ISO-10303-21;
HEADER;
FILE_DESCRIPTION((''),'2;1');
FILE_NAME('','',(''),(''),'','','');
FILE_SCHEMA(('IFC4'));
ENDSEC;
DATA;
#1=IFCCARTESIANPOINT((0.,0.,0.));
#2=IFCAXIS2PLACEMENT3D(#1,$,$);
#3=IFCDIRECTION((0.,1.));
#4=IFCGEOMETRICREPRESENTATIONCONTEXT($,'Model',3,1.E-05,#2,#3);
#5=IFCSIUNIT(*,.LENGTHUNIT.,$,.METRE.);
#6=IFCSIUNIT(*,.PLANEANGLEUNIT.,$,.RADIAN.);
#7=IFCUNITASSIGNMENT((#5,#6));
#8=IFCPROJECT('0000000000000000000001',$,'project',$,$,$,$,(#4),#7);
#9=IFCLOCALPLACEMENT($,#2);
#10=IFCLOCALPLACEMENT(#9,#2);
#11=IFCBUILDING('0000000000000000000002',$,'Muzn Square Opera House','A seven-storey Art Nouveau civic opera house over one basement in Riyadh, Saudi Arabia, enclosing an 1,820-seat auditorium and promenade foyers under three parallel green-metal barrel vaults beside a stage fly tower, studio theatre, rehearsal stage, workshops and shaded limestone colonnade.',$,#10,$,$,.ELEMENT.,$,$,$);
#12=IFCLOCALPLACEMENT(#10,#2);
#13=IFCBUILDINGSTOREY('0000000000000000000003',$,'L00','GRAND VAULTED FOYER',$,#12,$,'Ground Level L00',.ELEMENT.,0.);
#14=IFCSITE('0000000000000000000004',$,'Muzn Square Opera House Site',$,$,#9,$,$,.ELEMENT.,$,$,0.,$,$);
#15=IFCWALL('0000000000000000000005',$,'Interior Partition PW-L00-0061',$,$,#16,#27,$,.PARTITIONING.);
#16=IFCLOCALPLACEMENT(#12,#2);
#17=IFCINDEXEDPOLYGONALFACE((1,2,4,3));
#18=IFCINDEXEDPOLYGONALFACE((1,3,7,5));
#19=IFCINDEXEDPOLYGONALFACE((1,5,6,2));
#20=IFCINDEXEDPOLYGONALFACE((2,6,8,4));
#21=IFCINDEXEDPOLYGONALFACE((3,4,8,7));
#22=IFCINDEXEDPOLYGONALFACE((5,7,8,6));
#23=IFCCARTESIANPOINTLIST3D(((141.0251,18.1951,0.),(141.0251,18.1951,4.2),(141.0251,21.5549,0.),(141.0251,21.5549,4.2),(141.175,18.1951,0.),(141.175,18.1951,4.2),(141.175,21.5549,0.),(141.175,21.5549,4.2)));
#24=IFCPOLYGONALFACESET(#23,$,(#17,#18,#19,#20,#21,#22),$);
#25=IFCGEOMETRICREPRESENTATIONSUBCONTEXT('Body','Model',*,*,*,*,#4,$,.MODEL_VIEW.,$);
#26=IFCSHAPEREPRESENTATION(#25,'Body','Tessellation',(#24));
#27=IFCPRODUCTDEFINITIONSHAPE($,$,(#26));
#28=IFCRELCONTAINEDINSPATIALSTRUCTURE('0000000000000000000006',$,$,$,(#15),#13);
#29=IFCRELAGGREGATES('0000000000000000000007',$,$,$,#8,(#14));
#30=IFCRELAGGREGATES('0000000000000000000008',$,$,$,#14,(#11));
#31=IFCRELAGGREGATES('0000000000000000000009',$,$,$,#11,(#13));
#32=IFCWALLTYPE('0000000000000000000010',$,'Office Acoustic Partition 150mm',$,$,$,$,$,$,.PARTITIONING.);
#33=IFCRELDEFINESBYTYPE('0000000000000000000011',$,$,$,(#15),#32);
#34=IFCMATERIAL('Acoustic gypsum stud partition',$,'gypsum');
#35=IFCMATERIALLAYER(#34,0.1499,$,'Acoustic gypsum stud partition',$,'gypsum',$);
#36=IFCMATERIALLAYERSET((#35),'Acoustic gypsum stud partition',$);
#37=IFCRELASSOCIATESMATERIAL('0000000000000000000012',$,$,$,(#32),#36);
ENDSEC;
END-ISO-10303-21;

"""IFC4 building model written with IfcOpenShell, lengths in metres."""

from ifc_helpers import new_model, si_unit, direction, frame, frame_2d, origin, place, context, subcontext, project, spatial, rectangle, extrude, material, layer, layer_set, type_object, element, save


model = new_model("IFC4")

# Units and contexts
model_context = context("Model", 3, precision=1e-05, world=origin(), true_north=direction((0.0, 1.0)))
body_context = subcontext(model_context, "Body", "Model", "MODEL_VIEW")
ifc_project = project(units=[si_unit("LENGTHUNIT", "METRE"), si_unit("PLANEANGLEUNIT", "RADIAN")], contexts=[model_context])

# Site, building, storey
site_placement = place(None, origin())
site = spatial("IfcSite", under=ifc_project, at=site_placement, Name="Muzn Square Opera House Site", CompositionType="ELEMENT", RefElevation=0.0)
building_placement = place(site_placement, origin())
building = spatial("IfcBuilding", under=site, at=building_placement, Name="Muzn Square Opera House", Description="A seven-storey Art Nouveau civic opera house over one basement in Riyadh, Saudi Arabia, enclosing an 1,820-seat auditorium and promenade foyers under three parallel green-metal barrel vaults beside a stage fly tower, studio theatre, rehearsal stage, workshops and shaded limestone colonnade.", CompositionType="ELEMENT")
storey_placement = place(building_placement, origin())
storey = spatial("IfcBuildingStorey", under=building, at=storey_placement, Name="L00", Description="GRAND VAULTED FOYER", LongName="Ground Level L00", CompositionType="ELEMENT", Elevation=0.0)

# Shared definitions
ifc_material_1 = material(Name="Acoustic gypsum stud partition", Category="gypsum")
ifc_layer = layer(ifc_material_1, 0.1499, Name="Acoustic gypsum stud partition", Category="gypsum")
ifc_layer_set = layer_set([ifc_layer], Name="Acoustic gypsum stud partition")
wall_type = type_object("IfcWallType", Name="Office Acoustic Partition 150mm", PredefinedType="PARTITIONING", material=ifc_layer_set)

# Wall
wall_1_placement = place(storey_placement, frame((141.1001, 18.1951, 0.0), z_axis=(0.0, 0.0, 1.0), x_axis=(0.0, 1.0, 0.0)))
element("IfcWall", 1, at=wall_1_placement, inside=storey, type_object=wall_type, Name="Interior Partition PW-L00-0061", PredefinedType="PARTITIONING", context=body_context, shape_type="SweptSolid", body=[
    extrude(rectangle(XDim=3.3599, YDim=0.1499, at=frame_2d((1.6799, 0.0))), origin(), (0.0, 0.0, 1.0), 4.2),
])

save(model, "model.ifc")
